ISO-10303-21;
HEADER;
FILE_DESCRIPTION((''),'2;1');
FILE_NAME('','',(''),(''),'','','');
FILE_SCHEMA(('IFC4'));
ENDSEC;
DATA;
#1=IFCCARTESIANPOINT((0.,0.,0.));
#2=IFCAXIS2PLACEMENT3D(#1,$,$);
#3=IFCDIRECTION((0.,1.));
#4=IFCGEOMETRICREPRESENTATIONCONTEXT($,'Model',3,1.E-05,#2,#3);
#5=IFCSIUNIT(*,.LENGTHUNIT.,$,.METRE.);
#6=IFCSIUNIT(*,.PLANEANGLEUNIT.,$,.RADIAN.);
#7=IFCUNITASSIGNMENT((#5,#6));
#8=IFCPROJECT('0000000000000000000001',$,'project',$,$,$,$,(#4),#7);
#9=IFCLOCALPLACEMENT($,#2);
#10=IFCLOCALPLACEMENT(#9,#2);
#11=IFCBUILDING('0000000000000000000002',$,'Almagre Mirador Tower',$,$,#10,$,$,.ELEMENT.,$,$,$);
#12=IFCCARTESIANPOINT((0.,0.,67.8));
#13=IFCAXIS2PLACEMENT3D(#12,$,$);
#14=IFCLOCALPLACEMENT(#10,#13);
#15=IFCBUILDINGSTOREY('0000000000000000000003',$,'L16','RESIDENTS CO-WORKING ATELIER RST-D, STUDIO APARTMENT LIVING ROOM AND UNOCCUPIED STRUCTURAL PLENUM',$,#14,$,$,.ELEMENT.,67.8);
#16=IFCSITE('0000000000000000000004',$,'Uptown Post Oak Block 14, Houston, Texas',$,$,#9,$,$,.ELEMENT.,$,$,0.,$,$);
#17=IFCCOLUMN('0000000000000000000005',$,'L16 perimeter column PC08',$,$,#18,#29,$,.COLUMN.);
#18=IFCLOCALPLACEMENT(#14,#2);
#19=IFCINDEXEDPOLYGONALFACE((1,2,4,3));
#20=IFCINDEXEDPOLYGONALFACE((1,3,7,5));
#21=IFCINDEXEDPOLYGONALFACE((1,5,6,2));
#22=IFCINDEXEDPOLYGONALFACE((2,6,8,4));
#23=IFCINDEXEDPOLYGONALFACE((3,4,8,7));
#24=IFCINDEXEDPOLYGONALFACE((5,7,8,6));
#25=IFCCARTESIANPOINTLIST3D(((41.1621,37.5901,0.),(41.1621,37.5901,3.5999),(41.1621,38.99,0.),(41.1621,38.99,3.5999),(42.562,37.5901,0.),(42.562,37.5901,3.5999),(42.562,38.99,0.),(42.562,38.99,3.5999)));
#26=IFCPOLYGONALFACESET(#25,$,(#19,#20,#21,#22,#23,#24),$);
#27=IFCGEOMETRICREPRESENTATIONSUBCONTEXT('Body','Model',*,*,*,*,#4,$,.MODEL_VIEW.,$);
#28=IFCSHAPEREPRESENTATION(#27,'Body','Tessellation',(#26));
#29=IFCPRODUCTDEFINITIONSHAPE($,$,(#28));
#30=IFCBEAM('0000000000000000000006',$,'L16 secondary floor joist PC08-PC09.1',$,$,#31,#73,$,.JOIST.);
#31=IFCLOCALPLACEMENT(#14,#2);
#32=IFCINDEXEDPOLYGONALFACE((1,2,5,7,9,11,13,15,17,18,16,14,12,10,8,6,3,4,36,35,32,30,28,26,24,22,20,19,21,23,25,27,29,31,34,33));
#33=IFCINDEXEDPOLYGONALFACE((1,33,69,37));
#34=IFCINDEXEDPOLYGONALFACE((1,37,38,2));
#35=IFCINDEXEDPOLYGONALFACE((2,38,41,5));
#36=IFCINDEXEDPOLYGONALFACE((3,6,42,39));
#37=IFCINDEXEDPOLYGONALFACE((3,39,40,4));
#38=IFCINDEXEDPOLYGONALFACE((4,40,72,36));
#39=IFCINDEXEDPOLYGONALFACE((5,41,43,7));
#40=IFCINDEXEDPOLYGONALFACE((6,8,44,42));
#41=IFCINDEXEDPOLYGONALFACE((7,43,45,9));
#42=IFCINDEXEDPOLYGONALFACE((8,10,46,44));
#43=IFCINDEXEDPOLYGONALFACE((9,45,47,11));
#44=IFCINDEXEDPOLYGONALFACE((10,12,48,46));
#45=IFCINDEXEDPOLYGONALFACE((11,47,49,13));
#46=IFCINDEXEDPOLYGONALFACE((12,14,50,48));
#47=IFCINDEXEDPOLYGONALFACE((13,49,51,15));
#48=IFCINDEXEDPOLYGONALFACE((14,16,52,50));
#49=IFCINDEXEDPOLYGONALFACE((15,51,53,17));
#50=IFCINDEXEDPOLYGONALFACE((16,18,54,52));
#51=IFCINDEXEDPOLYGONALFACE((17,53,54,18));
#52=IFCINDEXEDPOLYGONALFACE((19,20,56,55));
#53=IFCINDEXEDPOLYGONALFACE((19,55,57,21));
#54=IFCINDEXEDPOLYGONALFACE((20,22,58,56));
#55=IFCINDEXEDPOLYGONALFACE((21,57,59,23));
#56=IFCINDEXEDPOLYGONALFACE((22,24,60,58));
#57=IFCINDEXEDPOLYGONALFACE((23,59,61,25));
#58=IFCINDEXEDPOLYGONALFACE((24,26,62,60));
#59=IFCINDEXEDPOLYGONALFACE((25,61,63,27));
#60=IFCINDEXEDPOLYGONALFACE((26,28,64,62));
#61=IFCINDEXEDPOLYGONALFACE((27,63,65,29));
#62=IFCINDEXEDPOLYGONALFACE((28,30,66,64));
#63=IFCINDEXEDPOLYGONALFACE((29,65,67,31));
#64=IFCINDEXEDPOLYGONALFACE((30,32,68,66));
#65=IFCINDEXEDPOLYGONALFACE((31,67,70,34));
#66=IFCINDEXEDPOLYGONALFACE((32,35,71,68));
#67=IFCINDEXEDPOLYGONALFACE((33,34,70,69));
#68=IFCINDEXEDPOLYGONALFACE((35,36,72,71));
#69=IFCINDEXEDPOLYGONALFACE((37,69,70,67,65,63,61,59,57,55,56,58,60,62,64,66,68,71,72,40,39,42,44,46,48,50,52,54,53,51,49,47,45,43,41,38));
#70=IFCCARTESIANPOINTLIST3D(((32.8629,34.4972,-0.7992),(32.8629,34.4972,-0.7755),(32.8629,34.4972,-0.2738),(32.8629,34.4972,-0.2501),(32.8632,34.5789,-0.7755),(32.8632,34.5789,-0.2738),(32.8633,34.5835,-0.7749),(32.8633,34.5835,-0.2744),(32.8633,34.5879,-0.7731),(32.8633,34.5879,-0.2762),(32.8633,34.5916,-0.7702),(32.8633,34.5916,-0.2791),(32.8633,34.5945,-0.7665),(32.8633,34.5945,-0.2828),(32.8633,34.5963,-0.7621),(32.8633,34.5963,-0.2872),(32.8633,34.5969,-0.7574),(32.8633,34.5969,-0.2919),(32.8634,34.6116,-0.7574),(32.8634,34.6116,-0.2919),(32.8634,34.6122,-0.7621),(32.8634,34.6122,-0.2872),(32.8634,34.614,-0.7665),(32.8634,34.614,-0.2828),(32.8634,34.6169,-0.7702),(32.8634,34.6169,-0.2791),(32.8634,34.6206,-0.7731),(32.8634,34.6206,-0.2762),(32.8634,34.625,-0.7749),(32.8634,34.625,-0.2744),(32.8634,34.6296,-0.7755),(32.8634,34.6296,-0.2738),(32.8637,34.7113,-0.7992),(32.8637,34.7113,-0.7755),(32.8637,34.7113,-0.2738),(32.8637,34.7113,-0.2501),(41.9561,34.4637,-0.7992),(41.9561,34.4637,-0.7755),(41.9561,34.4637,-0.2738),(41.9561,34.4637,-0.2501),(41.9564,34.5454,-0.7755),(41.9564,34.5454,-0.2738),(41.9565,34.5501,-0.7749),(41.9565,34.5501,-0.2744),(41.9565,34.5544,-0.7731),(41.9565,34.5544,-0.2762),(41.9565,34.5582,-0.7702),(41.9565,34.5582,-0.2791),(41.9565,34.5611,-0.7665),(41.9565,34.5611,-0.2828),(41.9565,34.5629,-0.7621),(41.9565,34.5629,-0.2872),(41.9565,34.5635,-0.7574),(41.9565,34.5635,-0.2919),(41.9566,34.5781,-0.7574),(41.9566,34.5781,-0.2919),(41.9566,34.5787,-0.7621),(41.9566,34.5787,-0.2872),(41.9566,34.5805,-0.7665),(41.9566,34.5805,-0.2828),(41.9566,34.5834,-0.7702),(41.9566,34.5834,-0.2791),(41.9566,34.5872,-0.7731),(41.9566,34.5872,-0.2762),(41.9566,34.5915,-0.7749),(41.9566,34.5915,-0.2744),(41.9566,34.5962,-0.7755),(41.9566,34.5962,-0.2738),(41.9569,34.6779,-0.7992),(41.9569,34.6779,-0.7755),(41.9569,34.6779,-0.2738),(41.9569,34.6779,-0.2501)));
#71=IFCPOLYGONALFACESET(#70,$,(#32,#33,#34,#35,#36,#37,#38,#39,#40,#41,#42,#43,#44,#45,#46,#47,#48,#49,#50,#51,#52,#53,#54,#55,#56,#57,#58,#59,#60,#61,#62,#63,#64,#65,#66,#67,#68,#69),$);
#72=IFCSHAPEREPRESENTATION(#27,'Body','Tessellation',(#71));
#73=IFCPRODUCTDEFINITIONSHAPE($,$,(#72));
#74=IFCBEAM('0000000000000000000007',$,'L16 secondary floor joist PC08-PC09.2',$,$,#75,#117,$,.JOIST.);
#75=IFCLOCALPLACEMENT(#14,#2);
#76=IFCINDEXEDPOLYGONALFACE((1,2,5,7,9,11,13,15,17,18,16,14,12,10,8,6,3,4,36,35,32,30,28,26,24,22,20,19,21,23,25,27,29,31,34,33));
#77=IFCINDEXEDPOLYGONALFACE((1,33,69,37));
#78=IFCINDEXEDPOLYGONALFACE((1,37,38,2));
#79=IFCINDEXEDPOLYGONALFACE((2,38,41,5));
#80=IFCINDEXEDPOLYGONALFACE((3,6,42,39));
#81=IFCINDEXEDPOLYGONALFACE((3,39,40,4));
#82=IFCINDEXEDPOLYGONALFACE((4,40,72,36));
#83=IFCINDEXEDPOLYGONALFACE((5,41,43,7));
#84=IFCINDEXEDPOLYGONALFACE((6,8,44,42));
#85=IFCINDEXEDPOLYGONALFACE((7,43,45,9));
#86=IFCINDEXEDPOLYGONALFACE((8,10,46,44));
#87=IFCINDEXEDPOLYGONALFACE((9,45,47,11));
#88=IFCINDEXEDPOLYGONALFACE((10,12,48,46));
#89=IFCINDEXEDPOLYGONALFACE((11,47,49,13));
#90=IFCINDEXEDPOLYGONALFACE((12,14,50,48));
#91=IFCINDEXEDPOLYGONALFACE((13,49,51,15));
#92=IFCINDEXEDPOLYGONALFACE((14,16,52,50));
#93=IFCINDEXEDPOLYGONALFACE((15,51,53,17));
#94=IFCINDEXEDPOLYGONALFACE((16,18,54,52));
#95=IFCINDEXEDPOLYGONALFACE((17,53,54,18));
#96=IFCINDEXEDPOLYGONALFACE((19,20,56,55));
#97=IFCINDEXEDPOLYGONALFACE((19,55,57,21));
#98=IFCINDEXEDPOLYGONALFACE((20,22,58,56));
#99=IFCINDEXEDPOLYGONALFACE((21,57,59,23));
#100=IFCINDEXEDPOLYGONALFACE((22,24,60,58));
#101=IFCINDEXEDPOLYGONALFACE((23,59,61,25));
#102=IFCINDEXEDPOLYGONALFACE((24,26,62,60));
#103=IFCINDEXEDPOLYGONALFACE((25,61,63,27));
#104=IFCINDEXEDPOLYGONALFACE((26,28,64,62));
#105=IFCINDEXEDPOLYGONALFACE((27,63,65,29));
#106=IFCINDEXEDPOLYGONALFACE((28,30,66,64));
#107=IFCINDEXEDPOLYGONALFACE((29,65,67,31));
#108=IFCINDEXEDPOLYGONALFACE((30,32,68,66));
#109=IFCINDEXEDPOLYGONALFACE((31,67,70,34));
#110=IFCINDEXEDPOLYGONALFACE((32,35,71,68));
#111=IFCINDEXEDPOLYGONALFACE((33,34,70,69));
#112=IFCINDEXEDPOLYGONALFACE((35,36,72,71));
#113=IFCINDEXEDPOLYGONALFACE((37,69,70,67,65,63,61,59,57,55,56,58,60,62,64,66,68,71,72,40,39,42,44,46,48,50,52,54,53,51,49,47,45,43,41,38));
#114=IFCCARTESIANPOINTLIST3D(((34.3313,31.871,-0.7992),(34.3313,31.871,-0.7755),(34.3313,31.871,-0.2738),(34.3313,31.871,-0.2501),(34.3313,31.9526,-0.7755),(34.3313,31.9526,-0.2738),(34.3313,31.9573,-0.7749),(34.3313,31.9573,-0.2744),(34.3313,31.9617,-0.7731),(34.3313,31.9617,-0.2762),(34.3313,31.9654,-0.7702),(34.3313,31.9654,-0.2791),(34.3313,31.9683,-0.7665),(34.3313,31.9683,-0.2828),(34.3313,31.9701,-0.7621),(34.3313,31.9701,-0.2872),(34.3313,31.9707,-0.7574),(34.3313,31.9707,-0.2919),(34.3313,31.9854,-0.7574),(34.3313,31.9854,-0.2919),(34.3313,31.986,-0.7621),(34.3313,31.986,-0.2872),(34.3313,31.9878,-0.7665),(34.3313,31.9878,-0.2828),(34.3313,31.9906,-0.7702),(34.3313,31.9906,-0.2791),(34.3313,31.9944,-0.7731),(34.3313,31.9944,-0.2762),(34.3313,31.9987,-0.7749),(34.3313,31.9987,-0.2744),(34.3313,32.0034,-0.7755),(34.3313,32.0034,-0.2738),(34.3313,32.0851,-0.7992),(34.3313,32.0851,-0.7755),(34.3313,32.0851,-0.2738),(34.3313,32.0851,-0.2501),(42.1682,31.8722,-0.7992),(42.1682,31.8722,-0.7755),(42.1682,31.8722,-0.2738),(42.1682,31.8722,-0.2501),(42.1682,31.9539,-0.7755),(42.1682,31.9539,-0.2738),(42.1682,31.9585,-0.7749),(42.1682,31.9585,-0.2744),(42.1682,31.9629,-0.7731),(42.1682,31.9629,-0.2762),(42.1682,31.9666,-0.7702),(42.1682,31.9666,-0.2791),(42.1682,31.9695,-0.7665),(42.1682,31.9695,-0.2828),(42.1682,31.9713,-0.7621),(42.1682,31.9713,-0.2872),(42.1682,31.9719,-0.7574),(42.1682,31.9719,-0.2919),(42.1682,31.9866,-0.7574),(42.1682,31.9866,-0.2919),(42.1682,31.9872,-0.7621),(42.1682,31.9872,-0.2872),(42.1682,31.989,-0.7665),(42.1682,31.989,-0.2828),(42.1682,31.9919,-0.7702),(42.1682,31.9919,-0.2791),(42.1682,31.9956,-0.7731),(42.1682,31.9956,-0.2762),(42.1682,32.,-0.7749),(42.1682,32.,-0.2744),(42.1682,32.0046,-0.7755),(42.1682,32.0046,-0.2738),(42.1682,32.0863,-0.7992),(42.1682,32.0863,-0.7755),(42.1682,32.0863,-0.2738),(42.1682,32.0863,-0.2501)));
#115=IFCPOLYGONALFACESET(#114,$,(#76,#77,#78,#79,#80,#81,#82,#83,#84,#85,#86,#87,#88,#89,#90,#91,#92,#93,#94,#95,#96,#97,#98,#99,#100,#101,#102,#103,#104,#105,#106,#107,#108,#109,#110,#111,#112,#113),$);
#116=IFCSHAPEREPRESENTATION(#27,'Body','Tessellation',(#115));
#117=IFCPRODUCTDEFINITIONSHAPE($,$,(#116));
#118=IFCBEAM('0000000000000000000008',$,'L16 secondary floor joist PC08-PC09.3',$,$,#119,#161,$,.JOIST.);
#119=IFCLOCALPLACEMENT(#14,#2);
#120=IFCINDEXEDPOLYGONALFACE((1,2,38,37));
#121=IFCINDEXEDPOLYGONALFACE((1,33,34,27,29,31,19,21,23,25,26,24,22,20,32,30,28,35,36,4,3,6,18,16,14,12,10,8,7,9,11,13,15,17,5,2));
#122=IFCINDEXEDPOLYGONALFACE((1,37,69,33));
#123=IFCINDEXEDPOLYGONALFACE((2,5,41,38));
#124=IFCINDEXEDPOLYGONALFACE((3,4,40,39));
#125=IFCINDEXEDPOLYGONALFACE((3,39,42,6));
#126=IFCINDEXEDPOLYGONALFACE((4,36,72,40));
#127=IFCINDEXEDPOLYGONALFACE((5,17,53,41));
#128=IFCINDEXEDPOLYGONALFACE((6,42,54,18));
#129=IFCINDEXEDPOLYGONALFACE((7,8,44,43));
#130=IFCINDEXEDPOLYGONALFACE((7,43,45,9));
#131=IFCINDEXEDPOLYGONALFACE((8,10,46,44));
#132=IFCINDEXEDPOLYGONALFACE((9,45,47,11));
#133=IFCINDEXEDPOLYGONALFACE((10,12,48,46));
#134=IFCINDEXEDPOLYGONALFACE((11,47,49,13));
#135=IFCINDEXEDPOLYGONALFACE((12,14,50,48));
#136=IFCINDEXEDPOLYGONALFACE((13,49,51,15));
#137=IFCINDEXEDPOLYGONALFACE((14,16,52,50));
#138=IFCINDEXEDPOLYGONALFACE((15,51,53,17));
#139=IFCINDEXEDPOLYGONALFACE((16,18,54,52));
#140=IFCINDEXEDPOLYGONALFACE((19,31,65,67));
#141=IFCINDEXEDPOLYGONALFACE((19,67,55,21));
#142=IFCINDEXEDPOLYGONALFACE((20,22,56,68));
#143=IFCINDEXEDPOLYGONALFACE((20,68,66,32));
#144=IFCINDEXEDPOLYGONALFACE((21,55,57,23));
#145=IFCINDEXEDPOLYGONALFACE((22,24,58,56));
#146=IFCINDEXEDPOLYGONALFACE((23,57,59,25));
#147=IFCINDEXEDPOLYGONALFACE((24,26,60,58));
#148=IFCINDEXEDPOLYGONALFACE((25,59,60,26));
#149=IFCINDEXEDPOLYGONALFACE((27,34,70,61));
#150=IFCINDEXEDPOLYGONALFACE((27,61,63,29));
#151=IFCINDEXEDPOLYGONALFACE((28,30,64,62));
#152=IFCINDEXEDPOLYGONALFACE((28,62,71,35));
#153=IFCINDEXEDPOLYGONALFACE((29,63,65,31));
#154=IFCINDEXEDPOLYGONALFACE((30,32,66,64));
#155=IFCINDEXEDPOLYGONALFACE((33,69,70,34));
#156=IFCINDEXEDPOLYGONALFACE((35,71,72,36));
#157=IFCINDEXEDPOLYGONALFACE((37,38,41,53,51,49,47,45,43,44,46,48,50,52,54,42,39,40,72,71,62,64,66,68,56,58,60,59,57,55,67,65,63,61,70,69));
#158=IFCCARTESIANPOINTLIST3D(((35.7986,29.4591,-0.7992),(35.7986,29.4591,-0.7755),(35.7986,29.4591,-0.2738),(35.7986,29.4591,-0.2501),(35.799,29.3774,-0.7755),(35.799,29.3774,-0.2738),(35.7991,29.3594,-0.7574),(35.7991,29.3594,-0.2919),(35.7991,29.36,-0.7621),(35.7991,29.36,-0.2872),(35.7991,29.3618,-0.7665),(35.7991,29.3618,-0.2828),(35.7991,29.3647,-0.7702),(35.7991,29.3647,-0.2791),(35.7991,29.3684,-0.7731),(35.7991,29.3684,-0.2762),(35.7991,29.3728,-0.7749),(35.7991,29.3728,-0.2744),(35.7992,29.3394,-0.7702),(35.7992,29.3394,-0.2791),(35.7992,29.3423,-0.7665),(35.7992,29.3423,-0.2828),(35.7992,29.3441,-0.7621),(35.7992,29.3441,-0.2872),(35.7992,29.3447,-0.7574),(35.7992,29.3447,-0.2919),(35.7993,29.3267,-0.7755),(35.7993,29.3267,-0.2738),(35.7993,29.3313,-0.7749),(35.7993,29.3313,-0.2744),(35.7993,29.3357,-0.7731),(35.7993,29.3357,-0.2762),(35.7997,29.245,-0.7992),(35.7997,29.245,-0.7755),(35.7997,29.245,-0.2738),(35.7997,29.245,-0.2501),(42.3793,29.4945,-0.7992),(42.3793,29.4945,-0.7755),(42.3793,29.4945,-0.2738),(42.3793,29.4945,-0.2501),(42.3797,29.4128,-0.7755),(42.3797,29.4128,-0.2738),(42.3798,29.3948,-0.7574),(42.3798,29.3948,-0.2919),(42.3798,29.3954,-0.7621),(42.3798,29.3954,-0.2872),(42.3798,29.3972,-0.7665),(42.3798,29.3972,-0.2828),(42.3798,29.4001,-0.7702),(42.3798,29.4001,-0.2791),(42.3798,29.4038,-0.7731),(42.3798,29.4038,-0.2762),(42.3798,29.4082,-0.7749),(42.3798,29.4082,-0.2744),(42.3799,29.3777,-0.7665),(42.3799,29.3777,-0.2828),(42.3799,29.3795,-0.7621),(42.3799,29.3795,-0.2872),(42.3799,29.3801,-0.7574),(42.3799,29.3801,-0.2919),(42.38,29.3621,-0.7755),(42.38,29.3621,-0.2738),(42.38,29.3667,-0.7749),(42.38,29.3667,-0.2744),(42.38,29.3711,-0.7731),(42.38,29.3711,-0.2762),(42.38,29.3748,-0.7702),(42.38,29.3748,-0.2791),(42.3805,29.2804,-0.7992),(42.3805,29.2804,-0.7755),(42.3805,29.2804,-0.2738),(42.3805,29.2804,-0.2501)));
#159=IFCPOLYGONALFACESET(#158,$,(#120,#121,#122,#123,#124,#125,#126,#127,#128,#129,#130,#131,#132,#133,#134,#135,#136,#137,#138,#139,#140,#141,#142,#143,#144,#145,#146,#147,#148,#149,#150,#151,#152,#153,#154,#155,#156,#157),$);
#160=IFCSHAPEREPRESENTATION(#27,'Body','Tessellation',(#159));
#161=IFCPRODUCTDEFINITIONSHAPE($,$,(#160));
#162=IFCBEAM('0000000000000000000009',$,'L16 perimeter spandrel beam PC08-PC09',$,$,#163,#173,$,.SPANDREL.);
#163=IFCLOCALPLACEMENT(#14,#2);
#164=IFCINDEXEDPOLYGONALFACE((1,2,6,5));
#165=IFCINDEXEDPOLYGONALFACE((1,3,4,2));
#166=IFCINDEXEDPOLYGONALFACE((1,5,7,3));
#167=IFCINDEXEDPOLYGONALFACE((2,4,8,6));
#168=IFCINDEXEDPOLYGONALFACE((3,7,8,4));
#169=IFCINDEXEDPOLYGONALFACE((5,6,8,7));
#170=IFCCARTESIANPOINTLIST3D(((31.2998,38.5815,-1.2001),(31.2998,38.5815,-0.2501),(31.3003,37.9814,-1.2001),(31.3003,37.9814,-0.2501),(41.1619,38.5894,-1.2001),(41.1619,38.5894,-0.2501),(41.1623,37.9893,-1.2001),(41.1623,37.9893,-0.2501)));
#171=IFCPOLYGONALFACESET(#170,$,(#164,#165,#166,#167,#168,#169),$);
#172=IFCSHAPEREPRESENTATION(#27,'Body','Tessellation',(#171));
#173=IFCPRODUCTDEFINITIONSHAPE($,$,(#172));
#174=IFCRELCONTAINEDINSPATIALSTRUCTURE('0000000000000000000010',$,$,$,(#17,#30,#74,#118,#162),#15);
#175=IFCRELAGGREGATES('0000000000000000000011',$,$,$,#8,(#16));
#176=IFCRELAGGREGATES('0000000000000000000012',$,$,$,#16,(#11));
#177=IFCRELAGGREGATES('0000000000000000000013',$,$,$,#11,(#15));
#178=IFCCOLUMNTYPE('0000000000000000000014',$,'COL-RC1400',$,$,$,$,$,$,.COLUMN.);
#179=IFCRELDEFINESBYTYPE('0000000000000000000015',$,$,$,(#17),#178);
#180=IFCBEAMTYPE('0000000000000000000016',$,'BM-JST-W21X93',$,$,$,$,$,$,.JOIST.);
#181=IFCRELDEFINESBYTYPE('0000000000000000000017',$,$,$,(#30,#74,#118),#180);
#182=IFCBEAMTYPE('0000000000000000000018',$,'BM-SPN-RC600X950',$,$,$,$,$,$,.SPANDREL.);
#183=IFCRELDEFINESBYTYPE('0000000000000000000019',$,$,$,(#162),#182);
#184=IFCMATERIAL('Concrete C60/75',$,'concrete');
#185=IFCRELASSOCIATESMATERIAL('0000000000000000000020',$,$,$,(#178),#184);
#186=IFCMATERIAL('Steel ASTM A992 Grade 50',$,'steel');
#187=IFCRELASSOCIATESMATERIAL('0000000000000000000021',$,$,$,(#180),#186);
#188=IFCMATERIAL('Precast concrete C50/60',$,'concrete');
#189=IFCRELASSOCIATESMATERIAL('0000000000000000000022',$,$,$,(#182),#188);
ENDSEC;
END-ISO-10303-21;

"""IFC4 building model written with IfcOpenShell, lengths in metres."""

from ifc_helpers import new_model, si_unit, direction, frame, origin, origin_2d, place, context, subcontext, project, spatial, rectangle, i_section, extrude, material, material_profile, profile_set, type_object, element, save


model = new_model("IFC4")

# Units and contexts
model_context = context("Model", 3, precision=1e-05, world=origin(), true_north=direction((0.0, 1.0)))
body_context = subcontext(model_context, "Body", "Model", "MODEL_VIEW")
ifc_project = project(units=[si_unit("LENGTHUNIT", "METRE"), si_unit("PLANEANGLEUNIT", "RADIAN")], contexts=[model_context])

# Site, building, storey
site_placement = place(None, origin())
site = spatial("IfcSite", under=ifc_project, at=site_placement, Name="Uptown Post Oak Block 14, Houston, Texas", CompositionType="ELEMENT", RefElevation=0.0)
building_placement = place(site_placement, origin())
building = spatial("IfcBuilding", under=site, at=building_placement, Name="Almagre Mirador Tower", CompositionType="ELEMENT")
storey_placement = place(building_placement, frame((0.0, 0.0, 67.8)))
storey = spatial("IfcBuildingStorey", under=building, at=storey_placement, Name="L16", Description="RESIDENTS CO-WORKING ATELIER RST-D, STUDIO APARTMENT LIVING ROOM AND UNOCCUPIED STRUCTURAL PLENUM", CompositionType="ELEMENT", Elevation=67.8)

# Column
ifc_material_1 = material(Name="Concrete C60/75", Category="concrete")
ifc_material_profile_1 = material_profile(ifc_material_1, rectangle(XDim=1.3999, YDim=1.3999, at=origin_2d()), Name="RC1400X1400")
ifc_profile_set_1 = profile_set([ifc_material_profile_1], Name="Concrete C60/75")
column_type = type_object("IfcColumnType", Name="COL-RC1400", PredefinedType="COLUMN", material=ifc_profile_set_1)
column_placement = place(storey_placement, frame((41.8621, 38.29, 0.0), z_axis=(0.0, 0.0, 1.0), x_axis=(1.0, 0.0, 0.0)))
element("IfcColumn", 1, at=column_placement, inside=storey, type_object=column_type, Name="L16 perimeter column PC08", PredefinedType="COLUMN", context=body_context, shape_type="SweptSolid", body=[
    extrude(rectangle(XDim=1.3999, YDim=1.3999, at=origin_2d()), origin(), (0.0, 0.0, 1.0), 3.5999),
])

# Beams
ifc_material_2 = material(Name="Steel ASTM A992 Grade 50", Category="steel")
ifc_material_profile_2 = material_profile(ifc_material_2, i_section(OverallWidth=0.2141, OverallDepth=0.5491, WebThickness=0.0146, FlangeThickness=0.0237, FilletRadius=0.0181, at=origin_2d()), Name="W21X93")
ifc_profile_set_2 = profile_set([ifc_material_profile_2], Name="Steel ASTM A992 Grade 50")
beam_type_1 = type_object("IfcBeamType", Name="BM-JST-W21X93", PredefinedType="JOIST", material=ifc_profile_set_2)
beam_1_placement = place(storey_placement, frame((41.9565, 34.5708, -0.5247), z_axis=(-0.999993, 0.003678, 0.0), x_axis=(-0.003678, -0.999993, 0.0)))
element("IfcBeam", 2, at=beam_1_placement, inside=storey, type_object=beam_type_1, Name="L16 secondary floor joist PC08-PC09.1", PredefinedType="JOIST", context=body_context, shape_type="SweptSolid", body=[
    extrude(i_section(OverallWidth=0.2141, OverallDepth=0.5491, WebThickness=0.0146, FlangeThickness=0.0237, FilletRadius=0.0181, at=origin_2d()), origin(), (0.0, 0.0, 1.0), 9.0933),
])
beam_2_placement = place(storey_placement, frame((42.1682, 31.9792, -0.5247), z_axis=(-1.0, -0.000156, 0.0), x_axis=(0.000156, -1.0, 0.0)))
element("IfcBeam", 3, at=beam_2_placement, inside=storey, type_object=beam_type_1, Name="L16 secondary floor joist PC08-PC09.2", PredefinedType="JOIST", context=body_context, shape_type="SweptSolid", body=[
    extrude(i_section(OverallWidth=0.2141, OverallDepth=0.5491, WebThickness=0.0146, FlangeThickness=0.0237, FilletRadius=0.0181, at=origin_2d()), origin(), (0.0, 0.0, 1.0), 7.8369),
])
beam_3_placement = place(storey_placement, frame((42.3799, 29.3875, -0.5247), z_axis=(-0.999986, -0.005379, 0.0), x_axis=(0.005379, -0.999986, 0.0)))
element("IfcBeam", 4, at=beam_3_placement, inside=storey, type_object=beam_type_1, Name="L16 secondary floor joist PC08-PC09.3", PredefinedType="JOIST", context=body_context, shape_type="SweptSolid", body=[
    extrude(i_section(OverallWidth=0.2141, OverallDepth=0.5491, WebThickness=0.0146, FlangeThickness=0.0237, FilletRadius=0.0181, at=origin_2d()), origin(), (0.0, 0.0, 1.0), 6.5808),
])
ifc_material_3 = material(Name="Precast concrete C50/60", Category="concrete")
ifc_material_profile_3 = material_profile(ifc_material_3, rectangle(XDim=0.6001, YDim=0.95, at=origin_2d()), Name="RC600X950")
ifc_profile_set_3 = profile_set([ifc_material_profile_3], Name="Precast concrete C50/60")
beam_type_2 = type_object("IfcBeamType", Name="BM-SPN-RC600X950", PredefinedType="SPANDREL", material=ifc_profile_set_3)
beam_4_placement = place(storey_placement, frame((41.1621, 38.2893, -0.7251), z_axis=(-1.0, -0.000792, 0.0), x_axis=(0.000792, -1.0, 0.0)))
element("IfcBeam", 5, at=beam_4_placement, inside=storey, type_object=beam_type_2, Name="L16 perimeter spandrel beam PC08-PC09", PredefinedType="SPANDREL", context=body_context, shape_type="SweptSolid", body=[
    extrude(rectangle(XDim=0.6001, YDim=0.95, at=origin_2d()), origin(), (0.0, 0.0, 1.0), 9.8621),
])

save(model, "model.ifc")
